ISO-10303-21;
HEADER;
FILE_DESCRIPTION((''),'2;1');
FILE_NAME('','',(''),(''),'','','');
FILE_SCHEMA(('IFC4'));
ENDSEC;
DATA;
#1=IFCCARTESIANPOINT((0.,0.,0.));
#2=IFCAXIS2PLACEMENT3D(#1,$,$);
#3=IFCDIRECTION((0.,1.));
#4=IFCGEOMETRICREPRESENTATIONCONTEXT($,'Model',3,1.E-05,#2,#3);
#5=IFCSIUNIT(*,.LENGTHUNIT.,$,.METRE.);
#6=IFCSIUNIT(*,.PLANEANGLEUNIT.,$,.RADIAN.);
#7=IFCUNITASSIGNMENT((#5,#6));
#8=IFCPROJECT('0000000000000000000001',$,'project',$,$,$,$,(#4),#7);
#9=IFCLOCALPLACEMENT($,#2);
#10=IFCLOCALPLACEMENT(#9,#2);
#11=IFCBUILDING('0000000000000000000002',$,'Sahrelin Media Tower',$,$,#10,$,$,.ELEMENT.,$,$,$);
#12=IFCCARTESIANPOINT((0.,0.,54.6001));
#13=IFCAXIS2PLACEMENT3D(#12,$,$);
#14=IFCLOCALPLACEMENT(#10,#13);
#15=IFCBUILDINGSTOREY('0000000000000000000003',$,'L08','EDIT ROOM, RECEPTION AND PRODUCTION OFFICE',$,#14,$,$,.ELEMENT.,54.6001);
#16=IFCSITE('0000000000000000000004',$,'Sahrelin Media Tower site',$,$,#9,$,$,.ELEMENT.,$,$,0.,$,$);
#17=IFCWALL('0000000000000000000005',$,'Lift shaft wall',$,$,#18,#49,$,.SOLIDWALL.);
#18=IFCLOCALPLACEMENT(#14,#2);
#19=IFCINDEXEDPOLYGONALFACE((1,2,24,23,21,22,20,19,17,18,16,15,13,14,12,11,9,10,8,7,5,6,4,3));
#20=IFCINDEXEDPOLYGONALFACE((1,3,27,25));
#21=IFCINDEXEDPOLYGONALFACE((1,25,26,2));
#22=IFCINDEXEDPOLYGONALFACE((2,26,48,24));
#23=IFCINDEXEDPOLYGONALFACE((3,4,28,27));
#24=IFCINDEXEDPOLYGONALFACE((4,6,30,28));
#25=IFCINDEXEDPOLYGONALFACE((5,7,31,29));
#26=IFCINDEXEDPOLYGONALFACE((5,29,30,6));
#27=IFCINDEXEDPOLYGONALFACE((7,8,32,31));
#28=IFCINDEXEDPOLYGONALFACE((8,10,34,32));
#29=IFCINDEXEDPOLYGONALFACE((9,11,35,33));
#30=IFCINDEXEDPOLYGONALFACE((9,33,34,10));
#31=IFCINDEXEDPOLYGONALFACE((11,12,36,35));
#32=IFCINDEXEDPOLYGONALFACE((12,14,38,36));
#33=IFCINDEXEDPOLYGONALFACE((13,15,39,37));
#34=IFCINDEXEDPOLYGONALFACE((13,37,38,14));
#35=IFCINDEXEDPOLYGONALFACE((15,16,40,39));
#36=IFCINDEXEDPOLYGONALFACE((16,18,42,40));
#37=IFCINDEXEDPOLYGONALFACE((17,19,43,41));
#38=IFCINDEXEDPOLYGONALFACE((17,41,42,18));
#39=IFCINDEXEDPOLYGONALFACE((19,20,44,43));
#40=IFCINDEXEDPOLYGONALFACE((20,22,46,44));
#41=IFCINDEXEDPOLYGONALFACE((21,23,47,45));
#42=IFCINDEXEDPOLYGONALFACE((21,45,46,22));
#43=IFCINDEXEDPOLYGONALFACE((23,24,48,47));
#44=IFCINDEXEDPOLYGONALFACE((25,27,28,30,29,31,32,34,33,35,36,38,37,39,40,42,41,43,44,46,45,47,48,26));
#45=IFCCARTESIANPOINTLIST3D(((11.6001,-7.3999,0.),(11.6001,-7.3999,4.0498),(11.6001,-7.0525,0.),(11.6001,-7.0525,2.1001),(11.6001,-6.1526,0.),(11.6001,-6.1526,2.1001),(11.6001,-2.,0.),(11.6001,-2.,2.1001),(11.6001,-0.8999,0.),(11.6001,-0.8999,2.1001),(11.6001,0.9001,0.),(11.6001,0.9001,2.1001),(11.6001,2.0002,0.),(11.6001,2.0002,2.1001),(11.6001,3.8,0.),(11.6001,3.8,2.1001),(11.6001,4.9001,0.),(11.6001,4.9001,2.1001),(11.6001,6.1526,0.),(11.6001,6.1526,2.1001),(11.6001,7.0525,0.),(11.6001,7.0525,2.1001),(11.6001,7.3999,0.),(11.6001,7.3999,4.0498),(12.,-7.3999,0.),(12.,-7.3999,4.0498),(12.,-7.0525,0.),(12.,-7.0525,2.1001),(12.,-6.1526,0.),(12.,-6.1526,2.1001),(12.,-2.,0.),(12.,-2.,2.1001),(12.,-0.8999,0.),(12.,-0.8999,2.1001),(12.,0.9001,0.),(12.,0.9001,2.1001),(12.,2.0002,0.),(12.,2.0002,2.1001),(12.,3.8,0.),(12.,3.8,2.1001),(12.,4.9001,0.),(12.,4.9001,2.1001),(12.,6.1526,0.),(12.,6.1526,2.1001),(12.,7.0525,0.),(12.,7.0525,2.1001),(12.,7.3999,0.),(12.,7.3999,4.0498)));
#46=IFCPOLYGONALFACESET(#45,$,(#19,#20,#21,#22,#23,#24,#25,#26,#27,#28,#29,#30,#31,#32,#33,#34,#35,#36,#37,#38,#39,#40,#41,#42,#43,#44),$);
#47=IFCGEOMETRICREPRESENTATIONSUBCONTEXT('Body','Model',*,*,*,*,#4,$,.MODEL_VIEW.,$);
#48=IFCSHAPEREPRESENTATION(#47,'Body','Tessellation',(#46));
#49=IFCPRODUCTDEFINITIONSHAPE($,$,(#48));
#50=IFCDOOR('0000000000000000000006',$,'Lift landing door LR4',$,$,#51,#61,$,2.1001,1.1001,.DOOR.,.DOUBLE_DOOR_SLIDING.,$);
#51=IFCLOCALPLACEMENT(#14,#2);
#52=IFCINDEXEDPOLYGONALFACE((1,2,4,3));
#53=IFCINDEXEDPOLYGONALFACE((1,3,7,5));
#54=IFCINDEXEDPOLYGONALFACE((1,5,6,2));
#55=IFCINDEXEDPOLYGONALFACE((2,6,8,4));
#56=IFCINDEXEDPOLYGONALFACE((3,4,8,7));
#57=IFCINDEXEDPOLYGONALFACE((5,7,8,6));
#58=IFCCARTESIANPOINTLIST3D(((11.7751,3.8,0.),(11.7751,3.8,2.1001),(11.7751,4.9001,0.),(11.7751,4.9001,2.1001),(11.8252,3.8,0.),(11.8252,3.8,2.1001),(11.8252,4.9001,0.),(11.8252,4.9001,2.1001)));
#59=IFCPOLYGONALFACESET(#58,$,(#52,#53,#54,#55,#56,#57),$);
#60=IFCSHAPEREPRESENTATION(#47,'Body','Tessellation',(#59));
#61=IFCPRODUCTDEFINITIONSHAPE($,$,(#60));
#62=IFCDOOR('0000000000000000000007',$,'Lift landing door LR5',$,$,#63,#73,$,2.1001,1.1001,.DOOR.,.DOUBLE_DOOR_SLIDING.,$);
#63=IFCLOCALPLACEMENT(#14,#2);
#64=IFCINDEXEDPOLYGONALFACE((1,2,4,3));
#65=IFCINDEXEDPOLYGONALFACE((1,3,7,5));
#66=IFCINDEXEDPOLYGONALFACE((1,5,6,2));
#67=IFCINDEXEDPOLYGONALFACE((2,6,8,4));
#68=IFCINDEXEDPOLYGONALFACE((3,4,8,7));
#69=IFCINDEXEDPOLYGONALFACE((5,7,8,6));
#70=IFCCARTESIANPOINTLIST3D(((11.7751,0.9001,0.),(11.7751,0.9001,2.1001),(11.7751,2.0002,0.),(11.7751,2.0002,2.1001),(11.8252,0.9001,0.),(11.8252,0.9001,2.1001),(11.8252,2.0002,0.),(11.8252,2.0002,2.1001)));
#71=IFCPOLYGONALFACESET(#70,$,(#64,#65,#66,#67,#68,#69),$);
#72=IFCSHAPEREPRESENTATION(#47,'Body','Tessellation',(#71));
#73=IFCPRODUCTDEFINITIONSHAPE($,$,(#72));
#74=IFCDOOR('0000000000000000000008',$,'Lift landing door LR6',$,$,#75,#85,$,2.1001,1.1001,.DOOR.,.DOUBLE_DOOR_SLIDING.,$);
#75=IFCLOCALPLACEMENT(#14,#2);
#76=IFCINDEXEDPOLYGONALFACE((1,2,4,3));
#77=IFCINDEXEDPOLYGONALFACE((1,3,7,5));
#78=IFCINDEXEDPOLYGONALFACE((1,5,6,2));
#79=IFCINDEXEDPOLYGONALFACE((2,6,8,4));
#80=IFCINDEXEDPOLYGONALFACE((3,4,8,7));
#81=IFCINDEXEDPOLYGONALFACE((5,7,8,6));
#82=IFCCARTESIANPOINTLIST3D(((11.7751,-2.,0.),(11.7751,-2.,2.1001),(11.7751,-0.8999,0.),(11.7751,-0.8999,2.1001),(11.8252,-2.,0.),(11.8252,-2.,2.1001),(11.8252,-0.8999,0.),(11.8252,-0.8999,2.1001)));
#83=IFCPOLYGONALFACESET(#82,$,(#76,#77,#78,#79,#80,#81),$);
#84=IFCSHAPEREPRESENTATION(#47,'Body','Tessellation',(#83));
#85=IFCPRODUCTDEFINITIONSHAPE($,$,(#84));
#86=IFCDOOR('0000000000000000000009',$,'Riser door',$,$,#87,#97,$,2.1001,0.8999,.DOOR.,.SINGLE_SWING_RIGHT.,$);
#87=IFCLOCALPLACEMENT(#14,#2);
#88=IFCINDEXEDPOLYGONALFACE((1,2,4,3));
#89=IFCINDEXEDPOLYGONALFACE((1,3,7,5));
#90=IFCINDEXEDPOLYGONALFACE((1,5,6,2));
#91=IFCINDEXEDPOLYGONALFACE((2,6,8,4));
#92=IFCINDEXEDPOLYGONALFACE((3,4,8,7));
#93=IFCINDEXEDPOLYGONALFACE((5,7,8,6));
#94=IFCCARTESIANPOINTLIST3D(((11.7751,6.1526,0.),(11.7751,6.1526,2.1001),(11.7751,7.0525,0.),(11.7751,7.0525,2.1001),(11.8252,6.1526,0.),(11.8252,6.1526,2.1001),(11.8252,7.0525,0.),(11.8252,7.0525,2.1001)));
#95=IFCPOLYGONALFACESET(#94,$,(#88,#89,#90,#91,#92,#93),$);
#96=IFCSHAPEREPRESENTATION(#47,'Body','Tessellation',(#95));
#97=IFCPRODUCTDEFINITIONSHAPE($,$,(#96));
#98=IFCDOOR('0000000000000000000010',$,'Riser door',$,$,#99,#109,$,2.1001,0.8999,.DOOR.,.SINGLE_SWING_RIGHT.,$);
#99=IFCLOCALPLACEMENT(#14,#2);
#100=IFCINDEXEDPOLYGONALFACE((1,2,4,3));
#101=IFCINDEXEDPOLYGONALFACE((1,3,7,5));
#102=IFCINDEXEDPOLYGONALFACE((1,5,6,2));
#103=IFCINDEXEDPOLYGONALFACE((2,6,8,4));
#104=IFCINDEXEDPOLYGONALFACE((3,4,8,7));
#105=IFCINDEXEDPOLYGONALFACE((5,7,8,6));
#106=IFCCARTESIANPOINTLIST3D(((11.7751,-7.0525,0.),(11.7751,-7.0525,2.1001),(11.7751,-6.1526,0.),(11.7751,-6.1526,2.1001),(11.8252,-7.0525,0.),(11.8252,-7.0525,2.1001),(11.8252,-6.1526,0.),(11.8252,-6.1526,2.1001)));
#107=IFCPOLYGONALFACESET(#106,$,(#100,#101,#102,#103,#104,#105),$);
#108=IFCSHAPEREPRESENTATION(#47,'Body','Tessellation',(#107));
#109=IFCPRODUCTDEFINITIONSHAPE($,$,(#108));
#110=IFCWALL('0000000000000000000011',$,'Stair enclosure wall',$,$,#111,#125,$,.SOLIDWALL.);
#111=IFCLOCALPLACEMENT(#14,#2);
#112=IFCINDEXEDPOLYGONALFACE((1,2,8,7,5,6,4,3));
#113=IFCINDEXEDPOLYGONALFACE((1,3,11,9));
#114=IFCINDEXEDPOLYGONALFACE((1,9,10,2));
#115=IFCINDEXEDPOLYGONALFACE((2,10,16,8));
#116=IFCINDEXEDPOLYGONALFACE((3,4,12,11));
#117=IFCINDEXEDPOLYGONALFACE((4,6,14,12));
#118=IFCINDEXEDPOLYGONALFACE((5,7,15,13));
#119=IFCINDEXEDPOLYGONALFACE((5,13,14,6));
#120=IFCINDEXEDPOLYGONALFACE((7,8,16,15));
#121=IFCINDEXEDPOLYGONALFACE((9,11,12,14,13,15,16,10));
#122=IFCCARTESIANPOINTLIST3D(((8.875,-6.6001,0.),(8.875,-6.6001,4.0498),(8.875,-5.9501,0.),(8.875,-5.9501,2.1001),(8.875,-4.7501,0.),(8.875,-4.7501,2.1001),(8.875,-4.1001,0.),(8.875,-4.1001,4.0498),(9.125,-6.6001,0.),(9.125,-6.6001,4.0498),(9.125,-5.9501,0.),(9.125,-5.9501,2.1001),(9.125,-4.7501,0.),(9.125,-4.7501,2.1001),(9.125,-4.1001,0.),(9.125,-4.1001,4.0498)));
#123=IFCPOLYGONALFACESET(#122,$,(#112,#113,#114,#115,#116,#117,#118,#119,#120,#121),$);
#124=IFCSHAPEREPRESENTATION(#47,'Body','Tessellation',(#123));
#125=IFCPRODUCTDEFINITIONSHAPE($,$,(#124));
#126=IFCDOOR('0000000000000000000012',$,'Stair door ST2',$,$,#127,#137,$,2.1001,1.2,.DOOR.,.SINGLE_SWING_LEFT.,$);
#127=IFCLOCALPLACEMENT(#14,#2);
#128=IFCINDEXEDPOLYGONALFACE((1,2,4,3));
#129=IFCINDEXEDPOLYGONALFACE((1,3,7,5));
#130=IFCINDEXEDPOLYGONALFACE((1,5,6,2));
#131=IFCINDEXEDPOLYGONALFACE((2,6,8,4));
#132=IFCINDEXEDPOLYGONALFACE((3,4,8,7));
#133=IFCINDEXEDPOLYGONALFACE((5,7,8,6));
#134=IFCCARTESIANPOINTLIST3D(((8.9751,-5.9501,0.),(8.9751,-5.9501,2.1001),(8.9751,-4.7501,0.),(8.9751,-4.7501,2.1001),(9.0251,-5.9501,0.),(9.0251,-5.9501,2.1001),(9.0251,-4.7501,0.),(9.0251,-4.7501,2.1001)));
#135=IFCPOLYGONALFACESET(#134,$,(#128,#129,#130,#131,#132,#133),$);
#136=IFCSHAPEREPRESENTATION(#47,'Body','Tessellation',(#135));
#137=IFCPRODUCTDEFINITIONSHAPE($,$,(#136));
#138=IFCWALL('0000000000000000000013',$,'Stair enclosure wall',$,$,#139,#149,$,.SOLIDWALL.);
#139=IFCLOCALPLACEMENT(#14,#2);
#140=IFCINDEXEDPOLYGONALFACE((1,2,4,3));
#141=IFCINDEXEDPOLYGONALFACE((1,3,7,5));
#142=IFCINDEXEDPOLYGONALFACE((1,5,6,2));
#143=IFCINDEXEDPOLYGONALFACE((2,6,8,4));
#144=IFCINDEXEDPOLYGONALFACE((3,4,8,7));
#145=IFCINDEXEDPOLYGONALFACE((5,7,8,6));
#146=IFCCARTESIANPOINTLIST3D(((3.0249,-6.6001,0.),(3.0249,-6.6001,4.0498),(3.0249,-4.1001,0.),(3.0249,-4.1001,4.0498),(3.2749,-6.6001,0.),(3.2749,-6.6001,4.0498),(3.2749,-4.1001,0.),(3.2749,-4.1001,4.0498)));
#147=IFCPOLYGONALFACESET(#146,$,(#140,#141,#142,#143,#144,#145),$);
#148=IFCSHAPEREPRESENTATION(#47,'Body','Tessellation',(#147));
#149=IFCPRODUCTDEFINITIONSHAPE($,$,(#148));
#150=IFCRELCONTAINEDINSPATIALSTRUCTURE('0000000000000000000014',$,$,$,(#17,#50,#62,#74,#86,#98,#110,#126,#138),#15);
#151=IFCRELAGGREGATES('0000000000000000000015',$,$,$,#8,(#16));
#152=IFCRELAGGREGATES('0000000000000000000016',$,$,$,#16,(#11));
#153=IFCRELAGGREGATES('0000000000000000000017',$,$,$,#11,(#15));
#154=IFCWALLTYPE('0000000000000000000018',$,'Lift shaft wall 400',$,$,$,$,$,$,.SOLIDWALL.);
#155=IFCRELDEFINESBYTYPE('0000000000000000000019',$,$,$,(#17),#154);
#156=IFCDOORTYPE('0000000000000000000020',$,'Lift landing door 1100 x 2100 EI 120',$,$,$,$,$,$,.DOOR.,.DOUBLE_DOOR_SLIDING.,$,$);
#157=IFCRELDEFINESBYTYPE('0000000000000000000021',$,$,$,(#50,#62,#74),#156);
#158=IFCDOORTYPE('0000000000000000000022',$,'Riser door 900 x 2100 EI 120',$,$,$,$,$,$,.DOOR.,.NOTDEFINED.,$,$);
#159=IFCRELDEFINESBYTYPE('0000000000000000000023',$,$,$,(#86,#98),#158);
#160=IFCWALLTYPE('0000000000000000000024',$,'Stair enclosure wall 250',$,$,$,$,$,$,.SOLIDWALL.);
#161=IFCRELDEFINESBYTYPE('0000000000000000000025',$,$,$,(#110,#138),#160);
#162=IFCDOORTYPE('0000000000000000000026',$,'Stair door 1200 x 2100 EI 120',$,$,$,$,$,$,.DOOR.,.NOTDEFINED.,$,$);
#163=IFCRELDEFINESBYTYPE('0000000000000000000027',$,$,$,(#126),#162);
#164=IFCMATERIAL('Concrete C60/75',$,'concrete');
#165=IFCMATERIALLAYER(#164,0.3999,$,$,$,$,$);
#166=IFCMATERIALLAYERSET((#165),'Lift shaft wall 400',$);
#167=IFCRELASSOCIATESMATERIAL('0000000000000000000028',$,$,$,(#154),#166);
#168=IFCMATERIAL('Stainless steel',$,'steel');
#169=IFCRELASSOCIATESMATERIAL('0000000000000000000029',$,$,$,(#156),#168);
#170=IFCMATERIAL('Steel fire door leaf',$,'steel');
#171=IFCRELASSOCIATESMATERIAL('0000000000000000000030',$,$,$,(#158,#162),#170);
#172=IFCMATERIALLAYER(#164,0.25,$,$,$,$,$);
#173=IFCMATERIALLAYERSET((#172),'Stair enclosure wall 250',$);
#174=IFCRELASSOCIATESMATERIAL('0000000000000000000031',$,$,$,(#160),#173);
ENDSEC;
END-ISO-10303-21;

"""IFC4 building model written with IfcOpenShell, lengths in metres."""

from ifc_helpers import new_model, si_unit, direction, frame, frame_2d, origin, place, context, subcontext, project, spatial, rectangle, extrude, material, layer, layer_set, type_object, element, fill, save


model = new_model("IFC4")

# Units and contexts
model_context = context("Model", 3, precision=1e-05, world=origin(), true_north=direction((0.0, 1.0)))
body_context = subcontext(model_context, "Body", "Model", "MODEL_VIEW")
ifc_project = project(units=[si_unit("LENGTHUNIT", "METRE"), si_unit("PLANEANGLEUNIT", "RADIAN")], contexts=[model_context])

# Site, building, storey
site_placement = place(None, origin())
site = spatial("IfcSite", under=ifc_project, at=site_placement, Name="Sahrelin Media Tower site", CompositionType="ELEMENT", RefElevation=0.0)
building_placement = place(site_placement, origin())
building = spatial("IfcBuilding", under=site, at=building_placement, Name="Sahrelin Media Tower", CompositionType="ELEMENT")
storey_placement = place(building_placement, frame((0.0, 0.0, 54.6001)))
storey = spatial("IfcBuildingStorey", under=building, at=storey_placement, Name="L08", Description="EDIT ROOM, RECEPTION AND PRODUCTION OFFICE", CompositionType="ELEMENT", Elevation=54.6001)

# Shared definitions
ifc_material_1 = material(Name="Concrete C60/75", Category="concrete")

# Wall, openings, doors
ifc_layer_1 = layer(ifc_material_1, 0.3999)
ifc_layer_set_1 = layer_set([ifc_layer_1], Name="Lift shaft wall 400")
wall_type_1 = type_object("IfcWallType", Name="Lift shaft wall 400", PredefinedType="SOLIDWALL", material=ifc_layer_set_1)
wall_1_placement = place(storey_placement, frame((11.8, -7.3999, 0.0), z_axis=(0.0, 0.0, 1.0), x_axis=(0.0, 1.0, 0.0)))
wall_1 = element("IfcWall", 1, at=wall_1_placement, inside=storey, type_object=wall_type_1, Name="Lift shaft wall", PredefinedType="SOLIDWALL", context=body_context, shape_type="SweptSolid", body=[
    extrude(rectangle(XDim=14.7998, YDim=0.3999, at=frame_2d((7.3999, 0.0))), origin(), (0.0, 0.0, 1.0), 4.0498),
])
opening_1_placement = place(wall_1_placement, frame((11.2, 0.0, 0.0)))
opening_1 = element("IfcOpeningElement", 2, at=opening_1_placement, cuts=wall_1, PredefinedType="OPENING", context=body_context, shape_type="SweptSolid", body=[
    extrude(rectangle(XDim=1.1001, YDim=2.1001, at=frame_2d((0.55, 1.05))), frame((0.0, 0.2, 0.0), z_axis=(0.0, -1.0, 0.0), x_axis=(1.0, 0.0, 0.0)), (0.0, 0.0, 1.0), 0.3999),
])
opening_2_placement = place(wall_1_placement, frame((8.3, 0.0, 0.0)))
opening_2 = element("IfcOpeningElement", 3, at=opening_2_placement, cuts=wall_1, PredefinedType="OPENING", context=body_context, shape_type="SweptSolid", body=[
    extrude(rectangle(XDim=1.1001, YDim=2.1001, at=frame_2d((0.55, 1.05))), frame((0.0, 0.2, 0.0), z_axis=(0.0, -1.0, 0.0), x_axis=(1.0, 0.0, 0.0)), (0.0, 0.0, 1.0), 0.3999),
])
opening_3_placement = place(wall_1_placement, frame((5.3999, 0.0, 0.0)))
opening_3 = element("IfcOpeningElement", 4, at=opening_3_placement, cuts=wall_1, PredefinedType="OPENING", context=body_context, shape_type="SweptSolid", body=[
    extrude(rectangle(XDim=1.1001, YDim=2.1001, at=frame_2d((0.55, 1.05))), frame((0.0, 0.2, 0.0), z_axis=(0.0, -1.0, 0.0), x_axis=(1.0, 0.0, 0.0)), (0.0, 0.0, 1.0), 0.3999),
])
opening_4_placement = place(wall_1_placement, frame((13.5525, 0.0, 0.0)))
opening_4 = element("IfcOpeningElement", 5, at=opening_4_placement, cuts=wall_1, PredefinedType="OPENING", context=body_context, shape_type="SweptSolid", body=[
    extrude(rectangle(XDim=0.8999, YDim=2.1001, at=frame_2d((0.45, 1.05))), frame((0.0, 0.2, 0.0), z_axis=(0.0, -1.0, 0.0), x_axis=(1.0, 0.0, 0.0)), (0.0, 0.0, 1.0), 0.3999),
])
opening_5_placement = place(wall_1_placement, frame((0.3474, 0.0, 0.0)))
opening_5 = element("IfcOpeningElement", 6, at=opening_5_placement, cuts=wall_1, PredefinedType="OPENING", context=body_context, shape_type="SweptSolid", body=[
    extrude(rectangle(XDim=0.8999, YDim=2.1001, at=frame_2d((0.45, 1.05))), frame((0.0, 0.2, 0.0), z_axis=(0.0, -1.0, 0.0), x_axis=(1.0, 0.0, 0.0)), (0.0, 0.0, 1.0), 0.3999),
])
ifc_material_2 = material(Name="Stainless steel", Category="steel")
door_type_1 = type_object("IfcDoorType", Name="Lift landing door 1100 x 2100 EI 120", OperationType="DOUBLE_DOOR_SLIDING", PredefinedType="DOOR", material=ifc_material_2)
door_1_placement = place(opening_1_placement, origin())
door_1 = element("IfcDoor", 7, at=door_1_placement, inside=storey, type_object=door_type_1, Name="Lift landing door LR4", OperationType="DOUBLE_DOOR_SLIDING", OverallHeight=2.1001, OverallWidth=1.1001, PredefinedType="DOOR", context=body_context, shape_type="SweptSolid", body=[
    extrude(rectangle(XDim=1.1001, YDim=2.1001, at=frame_2d((0.55, 1.05))), frame((0.0, 0.0249, 0.0), z_axis=(0.0, -1.0, 0.0), x_axis=(1.0, 0.0, 0.0)), (0.0, 0.0, 1.0), 0.05),
])
fill(opening_1, door_1)
door_2_placement = place(opening_2_placement, origin())
door_2 = element("IfcDoor", 8, at=door_2_placement, inside=storey, type_object=door_type_1, Name="Lift landing door LR5", OperationType="DOUBLE_DOOR_SLIDING", OverallHeight=2.1001, OverallWidth=1.1001, PredefinedType="DOOR", context=body_context, shape_type="SweptSolid", body=[
    extrude(rectangle(XDim=1.1001, YDim=2.1001, at=frame_2d((0.55, 1.05))), frame((0.0, 0.0249, 0.0), z_axis=(0.0, -1.0, 0.0), x_axis=(1.0, 0.0, 0.0)), (0.0, 0.0, 1.0), 0.05),
])
fill(opening_2, door_2)
door_3_placement = place(opening_3_placement, origin())
door_3 = element("IfcDoor", 9, at=door_3_placement, inside=storey, type_object=door_type_1, Name="Lift landing door LR6", OperationType="DOUBLE_DOOR_SLIDING", OverallHeight=2.1001, OverallWidth=1.1001, PredefinedType="DOOR", context=body_context, shape_type="SweptSolid", body=[
    extrude(rectangle(XDim=1.1001, YDim=2.1001, at=frame_2d((0.55, 1.05))), frame((0.0, 0.0249, 0.0), z_axis=(0.0, -1.0, 0.0), x_axis=(1.0, 0.0, 0.0)), (0.0, 0.0, 1.0), 0.05),
])
fill(opening_3, door_3)
ifc_material_3 = material(Name="Steel fire door leaf", Category="steel")
door_type_2 = type_object("IfcDoorType", Name="Riser door 900 x 2100 EI 120", OperationType="NOTDEFINED", PredefinedType="DOOR", material=ifc_material_3)
door_4_placement = place(opening_4_placement, origin())
door_4 = element("IfcDoor", 10, at=door_4_placement, inside=storey, type_object=door_type_2, Name="Riser door", OperationType="SINGLE_SWING_RIGHT", OverallHeight=2.1001, OverallWidth=0.8999, PredefinedType="DOOR", context=body_context, shape_type="SweptSolid", body=[
    extrude(rectangle(XDim=0.8999, YDim=2.1001, at=frame_2d((0.45, 1.05))), frame((0.0, 0.0249, 0.0), z_axis=(0.0, -1.0, 0.0), x_axis=(1.0, 0.0, 0.0)), (0.0, 0.0, 1.0), 0.05),
])
fill(opening_4, door_4)
door_5_placement = place(opening_5_placement, origin())
door_5 = element("IfcDoor", 11, at=door_5_placement, inside=storey, type_object=door_type_2, Name="Riser door", OperationType="SINGLE_SWING_RIGHT", OverallHeight=2.1001, OverallWidth=0.8999, PredefinedType="DOOR", context=body_context, shape_type="SweptSolid", body=[
    extrude(rectangle(XDim=0.8999, YDim=2.1001, at=frame_2d((0.45, 1.05))), frame((0.0, 0.0249, 0.0), z_axis=(0.0, -1.0, 0.0), x_axis=(1.0, 0.0, 0.0)), (0.0, 0.0, 1.0), 0.05),
])
fill(opening_5, door_5)

# Wall, opening, door
ifc_layer_2 = layer(ifc_material_1, 0.25)
ifc_layer_set_2 = layer_set([ifc_layer_2], Name="Stair enclosure wall 250")
wall_type_2 = type_object("IfcWallType", Name="Stair enclosure wall 250", PredefinedType="SOLIDWALL", material=ifc_layer_set_2)
wall_2_placement = place(storey_placement, frame((9.0, -6.6001, 0.0), z_axis=(0.0, 0.0, 1.0), x_axis=(0.0, 1.0, 0.0)))
wall_2 = element("IfcWall", 12, at=wall_2_placement, inside=storey, type_object=wall_type_2, Name="Stair enclosure wall", PredefinedType="SOLIDWALL", context=body_context, shape_type="SweptSolid", body=[
    extrude(rectangle(XDim=2.5, YDim=0.25, at=frame_2d((1.25, 0.0))), origin(), (0.0, 0.0, 1.0), 4.0498),
])
opening_6_placement = place(wall_2_placement, frame((0.6499, 0.0, 0.0)))
opening_6 = element("IfcOpeningElement", 13, at=opening_6_placement, cuts=wall_2, PredefinedType="OPENING", context=body_context, shape_type="SweptSolid", body=[
    extrude(rectangle(XDim=1.2, YDim=2.1001, at=frame_2d((0.6001, 1.05))), frame((0.0, 0.125, 0.0), z_axis=(0.0, -1.0, 0.0), x_axis=(1.0, 0.0, 0.0)), (0.0, 0.0, 1.0), 0.25),
])
door_type_3 = type_object("IfcDoorType", Name="Stair door 1200 x 2100 EI 120", OperationType="NOTDEFINED", PredefinedType="DOOR", material=ifc_material_3)
door_6_placement = place(opening_6_placement, origin())
door_6 = element("IfcDoor", 14, at=door_6_placement, inside=storey, type_object=door_type_3, Name="Stair door ST2", OperationType="SINGLE_SWING_LEFT", OverallHeight=2.1001, OverallWidth=1.2, PredefinedType="DOOR", context=body_context, shape_type="SweptSolid", body=[
    extrude(rectangle(XDim=1.2, YDim=2.1001, at=frame_2d((0.6001, 1.05))), frame((0.0, 0.0249, 0.0), z_axis=(0.0, -1.0, 0.0), x_axis=(1.0, 0.0, 0.0)), (0.0, 0.0, 1.0), 0.05),
])
fill(opening_6, door_6)

# Wall
wall_3_placement = place(storey_placement, frame((3.1499, -6.6001, 0.0), z_axis=(0.0, 0.0, 1.0), x_axis=(0.0, 1.0, 0.0)))
element("IfcWall", 15, at=wall_3_placement, inside=storey, type_object=wall_type_2, Name="Stair enclosure wall", PredefinedType="SOLIDWALL", context=body_context, shape_type="SweptSolid", body=[
    extrude(rectangle(XDim=2.5, YDim=0.25, at=frame_2d((1.25, 0.0))), origin(), (0.0, 0.0, 1.0), 4.0498),
])

save(model, "model.ifc")
